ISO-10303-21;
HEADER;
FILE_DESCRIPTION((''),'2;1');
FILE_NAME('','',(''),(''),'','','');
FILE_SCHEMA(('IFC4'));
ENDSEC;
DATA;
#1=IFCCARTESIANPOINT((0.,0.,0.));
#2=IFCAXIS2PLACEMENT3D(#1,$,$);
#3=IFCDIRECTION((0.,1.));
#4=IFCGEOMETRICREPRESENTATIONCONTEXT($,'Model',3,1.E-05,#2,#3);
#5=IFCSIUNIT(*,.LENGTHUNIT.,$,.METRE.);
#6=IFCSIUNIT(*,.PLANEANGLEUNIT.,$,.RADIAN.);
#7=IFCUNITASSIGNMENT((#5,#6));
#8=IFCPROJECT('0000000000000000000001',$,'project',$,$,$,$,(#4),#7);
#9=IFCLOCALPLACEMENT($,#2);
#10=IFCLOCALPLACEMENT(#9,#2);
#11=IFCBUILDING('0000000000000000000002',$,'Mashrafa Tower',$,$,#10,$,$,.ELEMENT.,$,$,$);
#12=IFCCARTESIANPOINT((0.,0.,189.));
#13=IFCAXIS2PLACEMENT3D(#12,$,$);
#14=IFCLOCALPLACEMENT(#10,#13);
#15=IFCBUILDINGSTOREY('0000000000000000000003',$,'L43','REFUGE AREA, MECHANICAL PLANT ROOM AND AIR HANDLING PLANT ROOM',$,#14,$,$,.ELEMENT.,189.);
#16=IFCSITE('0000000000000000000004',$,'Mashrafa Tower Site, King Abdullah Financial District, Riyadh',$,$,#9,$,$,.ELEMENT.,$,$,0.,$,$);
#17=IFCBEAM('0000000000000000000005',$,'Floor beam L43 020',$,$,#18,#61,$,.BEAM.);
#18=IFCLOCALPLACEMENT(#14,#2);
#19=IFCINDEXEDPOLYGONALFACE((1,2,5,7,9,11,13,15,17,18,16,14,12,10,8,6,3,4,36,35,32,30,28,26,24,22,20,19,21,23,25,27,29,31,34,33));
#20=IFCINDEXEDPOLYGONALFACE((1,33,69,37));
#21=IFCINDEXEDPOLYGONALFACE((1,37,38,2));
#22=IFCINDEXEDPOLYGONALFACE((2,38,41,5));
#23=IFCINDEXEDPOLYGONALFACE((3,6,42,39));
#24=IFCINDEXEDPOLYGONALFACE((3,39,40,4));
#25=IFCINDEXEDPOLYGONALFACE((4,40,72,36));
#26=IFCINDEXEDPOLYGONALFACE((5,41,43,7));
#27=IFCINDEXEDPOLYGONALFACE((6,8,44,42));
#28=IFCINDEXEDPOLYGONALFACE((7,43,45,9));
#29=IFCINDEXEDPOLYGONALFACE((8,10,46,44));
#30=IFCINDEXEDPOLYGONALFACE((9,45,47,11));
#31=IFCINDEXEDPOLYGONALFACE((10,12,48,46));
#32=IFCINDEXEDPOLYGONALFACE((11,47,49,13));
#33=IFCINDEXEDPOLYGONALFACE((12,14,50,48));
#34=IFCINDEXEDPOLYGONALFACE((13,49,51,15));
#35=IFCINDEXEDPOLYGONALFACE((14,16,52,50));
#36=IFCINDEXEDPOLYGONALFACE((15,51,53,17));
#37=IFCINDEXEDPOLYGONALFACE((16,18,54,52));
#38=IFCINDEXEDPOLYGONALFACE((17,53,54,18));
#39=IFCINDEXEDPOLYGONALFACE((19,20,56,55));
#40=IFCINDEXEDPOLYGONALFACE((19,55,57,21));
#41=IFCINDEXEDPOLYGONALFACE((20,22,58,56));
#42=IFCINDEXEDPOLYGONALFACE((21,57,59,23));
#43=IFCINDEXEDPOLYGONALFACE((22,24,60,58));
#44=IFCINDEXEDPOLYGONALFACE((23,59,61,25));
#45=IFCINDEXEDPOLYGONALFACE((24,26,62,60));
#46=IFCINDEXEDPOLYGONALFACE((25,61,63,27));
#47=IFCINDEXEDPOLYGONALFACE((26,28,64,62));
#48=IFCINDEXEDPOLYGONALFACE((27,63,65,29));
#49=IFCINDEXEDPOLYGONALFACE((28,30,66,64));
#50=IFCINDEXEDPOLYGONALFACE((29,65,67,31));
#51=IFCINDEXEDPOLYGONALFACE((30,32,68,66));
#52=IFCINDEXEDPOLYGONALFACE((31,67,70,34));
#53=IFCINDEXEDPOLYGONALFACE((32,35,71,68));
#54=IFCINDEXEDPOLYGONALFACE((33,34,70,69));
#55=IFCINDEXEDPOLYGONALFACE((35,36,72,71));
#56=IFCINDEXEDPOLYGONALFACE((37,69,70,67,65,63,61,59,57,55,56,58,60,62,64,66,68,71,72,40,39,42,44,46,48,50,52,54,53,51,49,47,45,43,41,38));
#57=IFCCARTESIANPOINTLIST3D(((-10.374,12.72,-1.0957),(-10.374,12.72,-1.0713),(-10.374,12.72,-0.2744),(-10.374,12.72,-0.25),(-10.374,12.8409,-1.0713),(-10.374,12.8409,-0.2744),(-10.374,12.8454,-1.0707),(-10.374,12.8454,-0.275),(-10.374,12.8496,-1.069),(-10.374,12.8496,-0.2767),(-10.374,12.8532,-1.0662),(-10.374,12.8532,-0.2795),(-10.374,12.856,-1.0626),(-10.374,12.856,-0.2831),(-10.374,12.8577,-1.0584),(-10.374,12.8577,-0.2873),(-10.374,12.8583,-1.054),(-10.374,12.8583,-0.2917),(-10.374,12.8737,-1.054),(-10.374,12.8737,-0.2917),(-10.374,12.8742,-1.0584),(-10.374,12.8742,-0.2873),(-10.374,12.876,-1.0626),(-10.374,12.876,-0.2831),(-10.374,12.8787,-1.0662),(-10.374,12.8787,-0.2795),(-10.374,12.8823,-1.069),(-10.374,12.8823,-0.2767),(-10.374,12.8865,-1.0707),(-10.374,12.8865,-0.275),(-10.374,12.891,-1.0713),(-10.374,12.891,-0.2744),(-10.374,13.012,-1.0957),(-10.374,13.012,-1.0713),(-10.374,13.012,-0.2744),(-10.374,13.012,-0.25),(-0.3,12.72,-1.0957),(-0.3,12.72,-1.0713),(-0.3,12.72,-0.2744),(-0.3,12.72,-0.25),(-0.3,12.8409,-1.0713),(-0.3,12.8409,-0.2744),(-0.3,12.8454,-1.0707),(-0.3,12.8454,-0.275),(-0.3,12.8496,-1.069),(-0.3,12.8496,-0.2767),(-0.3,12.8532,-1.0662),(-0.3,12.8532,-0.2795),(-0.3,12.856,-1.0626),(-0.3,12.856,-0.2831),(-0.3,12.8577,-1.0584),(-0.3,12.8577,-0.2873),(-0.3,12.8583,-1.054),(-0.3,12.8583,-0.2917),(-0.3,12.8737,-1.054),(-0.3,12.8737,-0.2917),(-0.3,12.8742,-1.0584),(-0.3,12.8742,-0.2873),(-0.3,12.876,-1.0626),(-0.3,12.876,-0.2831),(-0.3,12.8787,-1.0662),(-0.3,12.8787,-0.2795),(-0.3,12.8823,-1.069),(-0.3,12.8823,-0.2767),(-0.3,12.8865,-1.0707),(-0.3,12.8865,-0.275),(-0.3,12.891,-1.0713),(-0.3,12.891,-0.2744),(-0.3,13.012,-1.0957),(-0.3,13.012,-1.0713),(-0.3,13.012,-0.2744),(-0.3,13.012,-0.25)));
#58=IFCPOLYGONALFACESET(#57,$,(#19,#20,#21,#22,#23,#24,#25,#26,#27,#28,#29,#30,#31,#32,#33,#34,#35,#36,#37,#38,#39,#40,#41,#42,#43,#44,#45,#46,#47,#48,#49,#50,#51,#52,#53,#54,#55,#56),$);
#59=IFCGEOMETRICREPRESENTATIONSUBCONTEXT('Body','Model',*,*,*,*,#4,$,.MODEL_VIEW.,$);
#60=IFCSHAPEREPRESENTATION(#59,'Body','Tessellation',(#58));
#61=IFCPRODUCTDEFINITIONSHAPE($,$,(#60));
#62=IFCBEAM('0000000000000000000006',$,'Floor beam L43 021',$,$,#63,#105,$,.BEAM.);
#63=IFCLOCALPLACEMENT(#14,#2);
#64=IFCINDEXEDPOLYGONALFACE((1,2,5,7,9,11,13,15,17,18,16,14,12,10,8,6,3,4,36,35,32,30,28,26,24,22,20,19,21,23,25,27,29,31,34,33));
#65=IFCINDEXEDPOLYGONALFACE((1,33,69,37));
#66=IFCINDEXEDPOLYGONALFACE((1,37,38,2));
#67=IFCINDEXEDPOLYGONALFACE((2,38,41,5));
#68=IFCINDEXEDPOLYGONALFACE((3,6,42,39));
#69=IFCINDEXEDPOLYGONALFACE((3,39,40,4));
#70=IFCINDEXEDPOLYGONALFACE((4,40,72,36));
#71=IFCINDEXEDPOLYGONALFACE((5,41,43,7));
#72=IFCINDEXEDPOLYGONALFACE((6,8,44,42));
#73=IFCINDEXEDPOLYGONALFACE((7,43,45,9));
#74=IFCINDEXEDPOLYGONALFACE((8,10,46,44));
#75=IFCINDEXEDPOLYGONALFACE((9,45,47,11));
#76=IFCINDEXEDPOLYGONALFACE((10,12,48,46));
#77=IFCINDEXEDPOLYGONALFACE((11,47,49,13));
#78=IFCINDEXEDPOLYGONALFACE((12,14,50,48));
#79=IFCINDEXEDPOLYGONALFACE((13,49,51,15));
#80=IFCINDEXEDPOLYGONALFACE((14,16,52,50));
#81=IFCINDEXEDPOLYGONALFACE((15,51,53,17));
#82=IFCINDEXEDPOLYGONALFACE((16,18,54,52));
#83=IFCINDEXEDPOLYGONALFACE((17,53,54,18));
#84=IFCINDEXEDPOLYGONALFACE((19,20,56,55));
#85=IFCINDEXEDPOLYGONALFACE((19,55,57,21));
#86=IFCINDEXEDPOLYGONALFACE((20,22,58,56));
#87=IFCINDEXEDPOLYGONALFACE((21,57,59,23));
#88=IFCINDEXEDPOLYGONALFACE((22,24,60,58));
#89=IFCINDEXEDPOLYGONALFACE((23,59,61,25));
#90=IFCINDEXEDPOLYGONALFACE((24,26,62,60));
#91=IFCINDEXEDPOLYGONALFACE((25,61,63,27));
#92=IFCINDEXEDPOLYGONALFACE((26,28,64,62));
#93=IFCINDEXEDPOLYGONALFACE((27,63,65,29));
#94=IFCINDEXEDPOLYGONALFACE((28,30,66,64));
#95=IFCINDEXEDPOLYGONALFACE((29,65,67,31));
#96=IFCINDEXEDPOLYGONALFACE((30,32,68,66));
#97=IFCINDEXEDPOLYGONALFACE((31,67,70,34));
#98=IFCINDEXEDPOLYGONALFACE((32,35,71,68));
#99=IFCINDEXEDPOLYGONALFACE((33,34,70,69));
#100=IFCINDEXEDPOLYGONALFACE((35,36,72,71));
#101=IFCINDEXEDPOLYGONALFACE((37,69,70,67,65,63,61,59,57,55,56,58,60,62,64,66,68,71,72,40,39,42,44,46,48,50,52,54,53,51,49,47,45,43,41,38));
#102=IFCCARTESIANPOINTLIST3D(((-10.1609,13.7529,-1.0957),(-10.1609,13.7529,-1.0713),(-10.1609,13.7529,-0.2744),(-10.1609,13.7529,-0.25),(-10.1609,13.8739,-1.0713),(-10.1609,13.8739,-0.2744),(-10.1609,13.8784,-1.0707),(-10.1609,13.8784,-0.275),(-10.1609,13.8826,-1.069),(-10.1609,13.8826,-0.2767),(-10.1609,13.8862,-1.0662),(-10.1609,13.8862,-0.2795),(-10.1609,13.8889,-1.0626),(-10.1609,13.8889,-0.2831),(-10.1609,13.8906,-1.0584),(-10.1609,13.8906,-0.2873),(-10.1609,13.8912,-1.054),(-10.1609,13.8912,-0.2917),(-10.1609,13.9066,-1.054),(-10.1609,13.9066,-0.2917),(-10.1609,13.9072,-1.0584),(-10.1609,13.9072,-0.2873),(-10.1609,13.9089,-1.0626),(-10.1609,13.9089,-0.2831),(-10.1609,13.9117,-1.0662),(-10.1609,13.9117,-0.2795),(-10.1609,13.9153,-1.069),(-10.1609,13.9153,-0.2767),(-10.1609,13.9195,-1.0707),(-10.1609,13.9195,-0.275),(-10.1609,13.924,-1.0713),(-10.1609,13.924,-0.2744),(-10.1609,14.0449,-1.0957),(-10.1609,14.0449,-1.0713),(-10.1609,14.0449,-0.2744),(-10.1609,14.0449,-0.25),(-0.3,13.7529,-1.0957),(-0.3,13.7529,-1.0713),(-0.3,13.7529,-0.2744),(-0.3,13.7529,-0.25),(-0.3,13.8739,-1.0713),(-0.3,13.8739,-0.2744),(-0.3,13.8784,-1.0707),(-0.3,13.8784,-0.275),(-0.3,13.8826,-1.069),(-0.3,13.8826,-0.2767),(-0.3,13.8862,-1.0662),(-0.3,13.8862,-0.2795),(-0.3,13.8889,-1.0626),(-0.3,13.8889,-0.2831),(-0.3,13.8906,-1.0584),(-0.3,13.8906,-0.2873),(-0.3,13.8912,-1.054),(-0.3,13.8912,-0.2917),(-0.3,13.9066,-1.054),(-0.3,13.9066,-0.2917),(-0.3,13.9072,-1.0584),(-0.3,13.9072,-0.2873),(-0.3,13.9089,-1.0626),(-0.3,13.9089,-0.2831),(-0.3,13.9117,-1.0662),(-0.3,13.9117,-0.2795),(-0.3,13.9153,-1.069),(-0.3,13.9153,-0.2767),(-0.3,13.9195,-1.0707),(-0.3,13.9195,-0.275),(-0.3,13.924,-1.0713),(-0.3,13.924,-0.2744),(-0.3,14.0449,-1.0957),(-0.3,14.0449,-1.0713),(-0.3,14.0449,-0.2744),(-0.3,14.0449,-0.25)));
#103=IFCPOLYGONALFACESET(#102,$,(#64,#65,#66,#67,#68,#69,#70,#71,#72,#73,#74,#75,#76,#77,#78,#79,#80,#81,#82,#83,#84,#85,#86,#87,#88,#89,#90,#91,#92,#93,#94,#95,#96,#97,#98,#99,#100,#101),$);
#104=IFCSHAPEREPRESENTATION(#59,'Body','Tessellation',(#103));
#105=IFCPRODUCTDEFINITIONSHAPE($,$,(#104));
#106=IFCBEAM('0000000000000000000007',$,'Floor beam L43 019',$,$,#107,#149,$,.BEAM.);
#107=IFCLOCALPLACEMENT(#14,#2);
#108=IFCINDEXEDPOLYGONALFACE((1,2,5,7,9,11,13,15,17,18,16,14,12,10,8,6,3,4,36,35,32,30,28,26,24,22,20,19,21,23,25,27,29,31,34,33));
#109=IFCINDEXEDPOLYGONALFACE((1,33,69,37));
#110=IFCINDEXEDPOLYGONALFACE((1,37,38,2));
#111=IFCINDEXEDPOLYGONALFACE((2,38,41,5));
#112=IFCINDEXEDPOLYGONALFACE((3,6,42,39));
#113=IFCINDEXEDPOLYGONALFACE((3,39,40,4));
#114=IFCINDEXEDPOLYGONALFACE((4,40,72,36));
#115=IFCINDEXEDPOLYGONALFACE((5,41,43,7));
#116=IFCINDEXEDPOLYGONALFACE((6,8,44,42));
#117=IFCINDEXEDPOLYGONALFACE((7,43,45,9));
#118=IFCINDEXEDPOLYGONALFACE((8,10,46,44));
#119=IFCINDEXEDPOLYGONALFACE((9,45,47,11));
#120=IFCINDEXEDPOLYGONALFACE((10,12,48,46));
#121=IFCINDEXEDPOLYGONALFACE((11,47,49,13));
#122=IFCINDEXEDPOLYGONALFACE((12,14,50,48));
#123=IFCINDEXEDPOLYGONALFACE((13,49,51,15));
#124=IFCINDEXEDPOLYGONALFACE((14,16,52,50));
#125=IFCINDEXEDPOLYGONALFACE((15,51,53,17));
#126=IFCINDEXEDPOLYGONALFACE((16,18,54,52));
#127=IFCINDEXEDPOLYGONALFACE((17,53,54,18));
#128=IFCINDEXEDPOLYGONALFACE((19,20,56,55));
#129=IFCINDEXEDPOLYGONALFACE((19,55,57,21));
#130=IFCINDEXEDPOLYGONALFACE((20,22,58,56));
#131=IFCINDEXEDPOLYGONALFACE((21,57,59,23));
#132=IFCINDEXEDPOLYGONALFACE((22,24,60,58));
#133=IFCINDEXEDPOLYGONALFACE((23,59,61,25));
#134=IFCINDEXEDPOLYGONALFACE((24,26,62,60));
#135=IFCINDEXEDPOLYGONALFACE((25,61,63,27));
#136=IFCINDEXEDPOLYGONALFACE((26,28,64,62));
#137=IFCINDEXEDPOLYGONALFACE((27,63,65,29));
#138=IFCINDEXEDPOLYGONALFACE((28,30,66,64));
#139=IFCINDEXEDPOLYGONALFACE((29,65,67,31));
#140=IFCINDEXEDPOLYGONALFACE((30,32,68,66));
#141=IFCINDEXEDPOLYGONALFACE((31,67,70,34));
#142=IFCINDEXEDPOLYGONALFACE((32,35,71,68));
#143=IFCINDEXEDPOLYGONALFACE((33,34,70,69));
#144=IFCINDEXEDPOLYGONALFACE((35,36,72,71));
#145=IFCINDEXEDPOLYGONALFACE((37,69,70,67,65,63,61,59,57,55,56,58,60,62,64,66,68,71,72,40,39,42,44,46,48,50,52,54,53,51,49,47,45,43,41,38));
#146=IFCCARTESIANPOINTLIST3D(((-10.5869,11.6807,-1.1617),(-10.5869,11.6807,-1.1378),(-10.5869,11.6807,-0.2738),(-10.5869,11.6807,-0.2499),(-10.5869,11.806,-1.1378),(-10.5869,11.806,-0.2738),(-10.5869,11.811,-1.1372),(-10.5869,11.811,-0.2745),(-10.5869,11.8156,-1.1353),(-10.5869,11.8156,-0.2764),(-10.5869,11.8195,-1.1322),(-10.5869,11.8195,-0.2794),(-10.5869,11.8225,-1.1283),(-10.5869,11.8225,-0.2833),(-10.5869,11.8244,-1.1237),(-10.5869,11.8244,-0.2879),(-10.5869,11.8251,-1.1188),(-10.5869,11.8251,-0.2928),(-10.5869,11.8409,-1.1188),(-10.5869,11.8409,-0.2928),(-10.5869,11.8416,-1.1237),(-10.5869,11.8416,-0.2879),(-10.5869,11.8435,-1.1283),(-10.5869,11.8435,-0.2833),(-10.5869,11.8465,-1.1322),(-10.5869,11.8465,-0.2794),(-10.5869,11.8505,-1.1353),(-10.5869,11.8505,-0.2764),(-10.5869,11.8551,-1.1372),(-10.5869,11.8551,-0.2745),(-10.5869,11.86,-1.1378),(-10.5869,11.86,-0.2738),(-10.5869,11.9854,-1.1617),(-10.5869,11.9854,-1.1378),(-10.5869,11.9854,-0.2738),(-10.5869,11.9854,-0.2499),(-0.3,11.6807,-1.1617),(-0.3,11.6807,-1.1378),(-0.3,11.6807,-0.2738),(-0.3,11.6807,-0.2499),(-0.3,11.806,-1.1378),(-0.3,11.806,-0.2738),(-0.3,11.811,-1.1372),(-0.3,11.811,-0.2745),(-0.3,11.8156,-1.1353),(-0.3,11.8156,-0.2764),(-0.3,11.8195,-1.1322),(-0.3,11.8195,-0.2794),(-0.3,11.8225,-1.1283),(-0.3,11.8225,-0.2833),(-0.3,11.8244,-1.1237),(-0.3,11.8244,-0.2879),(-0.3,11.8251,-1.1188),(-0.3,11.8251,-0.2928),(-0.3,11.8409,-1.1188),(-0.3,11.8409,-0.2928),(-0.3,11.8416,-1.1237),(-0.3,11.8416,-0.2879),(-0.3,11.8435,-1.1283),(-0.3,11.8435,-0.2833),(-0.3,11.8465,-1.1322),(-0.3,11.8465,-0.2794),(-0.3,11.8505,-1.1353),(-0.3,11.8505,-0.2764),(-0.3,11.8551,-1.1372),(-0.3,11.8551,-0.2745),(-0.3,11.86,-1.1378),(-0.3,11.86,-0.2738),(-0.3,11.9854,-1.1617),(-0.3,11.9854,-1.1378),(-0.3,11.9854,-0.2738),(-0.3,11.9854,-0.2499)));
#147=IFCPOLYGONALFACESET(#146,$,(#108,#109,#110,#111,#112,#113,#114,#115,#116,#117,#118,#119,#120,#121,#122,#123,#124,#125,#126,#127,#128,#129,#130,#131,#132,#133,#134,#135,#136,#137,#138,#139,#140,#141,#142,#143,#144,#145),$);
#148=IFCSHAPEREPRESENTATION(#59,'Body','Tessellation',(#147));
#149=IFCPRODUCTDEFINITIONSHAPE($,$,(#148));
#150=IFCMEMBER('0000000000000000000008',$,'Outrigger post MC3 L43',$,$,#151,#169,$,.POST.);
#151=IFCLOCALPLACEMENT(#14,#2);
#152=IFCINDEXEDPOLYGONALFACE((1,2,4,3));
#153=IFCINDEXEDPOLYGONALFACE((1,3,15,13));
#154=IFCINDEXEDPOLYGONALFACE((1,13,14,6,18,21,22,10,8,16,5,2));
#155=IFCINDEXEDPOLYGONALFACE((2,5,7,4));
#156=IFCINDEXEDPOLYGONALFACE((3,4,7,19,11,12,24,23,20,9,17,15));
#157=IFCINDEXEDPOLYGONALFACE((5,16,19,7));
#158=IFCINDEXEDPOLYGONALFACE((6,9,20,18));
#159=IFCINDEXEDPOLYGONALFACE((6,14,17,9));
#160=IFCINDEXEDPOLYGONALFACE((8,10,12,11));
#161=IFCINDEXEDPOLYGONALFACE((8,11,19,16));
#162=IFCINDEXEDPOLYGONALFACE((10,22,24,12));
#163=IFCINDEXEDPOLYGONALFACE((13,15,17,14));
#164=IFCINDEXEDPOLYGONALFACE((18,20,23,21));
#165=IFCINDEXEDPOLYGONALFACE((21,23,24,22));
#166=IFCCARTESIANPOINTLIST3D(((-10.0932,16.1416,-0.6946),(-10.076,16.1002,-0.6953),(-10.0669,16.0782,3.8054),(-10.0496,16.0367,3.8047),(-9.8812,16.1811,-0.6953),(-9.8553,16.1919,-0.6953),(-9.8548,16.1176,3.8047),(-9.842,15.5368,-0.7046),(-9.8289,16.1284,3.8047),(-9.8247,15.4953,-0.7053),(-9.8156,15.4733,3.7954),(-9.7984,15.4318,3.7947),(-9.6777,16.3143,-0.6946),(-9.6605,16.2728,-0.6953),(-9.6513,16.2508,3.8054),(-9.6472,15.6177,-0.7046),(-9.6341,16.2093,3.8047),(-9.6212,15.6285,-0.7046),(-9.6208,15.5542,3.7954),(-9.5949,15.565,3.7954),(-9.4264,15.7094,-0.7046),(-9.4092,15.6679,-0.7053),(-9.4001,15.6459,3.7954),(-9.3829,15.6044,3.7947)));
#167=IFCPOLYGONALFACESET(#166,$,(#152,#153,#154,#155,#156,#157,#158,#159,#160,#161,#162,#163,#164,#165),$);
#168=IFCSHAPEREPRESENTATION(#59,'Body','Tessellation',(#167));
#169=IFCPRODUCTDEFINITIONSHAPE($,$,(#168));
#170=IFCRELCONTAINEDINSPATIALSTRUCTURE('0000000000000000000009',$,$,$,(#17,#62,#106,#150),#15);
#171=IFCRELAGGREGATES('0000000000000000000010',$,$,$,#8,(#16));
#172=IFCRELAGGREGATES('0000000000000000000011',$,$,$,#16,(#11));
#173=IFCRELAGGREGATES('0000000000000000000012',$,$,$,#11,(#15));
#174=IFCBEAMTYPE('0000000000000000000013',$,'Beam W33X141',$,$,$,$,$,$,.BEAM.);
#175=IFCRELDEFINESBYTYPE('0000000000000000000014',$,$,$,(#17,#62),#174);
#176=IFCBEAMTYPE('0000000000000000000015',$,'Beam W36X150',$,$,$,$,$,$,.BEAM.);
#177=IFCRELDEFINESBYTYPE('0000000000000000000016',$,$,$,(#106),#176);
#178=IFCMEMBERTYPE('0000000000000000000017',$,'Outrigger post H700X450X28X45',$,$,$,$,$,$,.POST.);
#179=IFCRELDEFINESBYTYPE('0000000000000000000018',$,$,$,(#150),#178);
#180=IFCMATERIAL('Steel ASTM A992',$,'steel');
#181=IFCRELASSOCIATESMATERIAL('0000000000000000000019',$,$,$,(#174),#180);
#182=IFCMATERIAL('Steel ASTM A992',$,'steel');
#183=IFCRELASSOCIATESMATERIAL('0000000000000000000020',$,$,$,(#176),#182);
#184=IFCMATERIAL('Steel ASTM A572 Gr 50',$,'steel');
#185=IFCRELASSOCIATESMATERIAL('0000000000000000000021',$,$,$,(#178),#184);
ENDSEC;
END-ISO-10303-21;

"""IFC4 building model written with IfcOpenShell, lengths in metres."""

from ifc_helpers import new_model, si_unit, direction, frame, origin, origin_2d, place, context, subcontext, project, spatial, i_section, extrude, source, transform, mapped, material, material_profile, profile_set, type_object, type_shapes, element, save


model = new_model("IFC4")

# Units and contexts
model_context = context("Model", 3, precision=1e-05, world=origin(), true_north=direction((0.0, 1.0)))
body_context = subcontext(model_context, "Body", "Model", "MODEL_VIEW")
ifc_project = project(units=[si_unit("LENGTHUNIT", "METRE"), si_unit("PLANEANGLEUNIT", "RADIAN")], contexts=[model_context])

# Site, building, storey
site_placement = place(None, origin())
site = spatial("IfcSite", under=ifc_project, at=site_placement, Name="Mashrafa Tower Site, King Abdullah Financial District, Riyadh", CompositionType="ELEMENT", RefElevation=0.0)
building_placement = place(site_placement, origin())
building = spatial("IfcBuilding", under=site, at=building_placement, Name="Mashrafa Tower", CompositionType="ELEMENT")
storey_placement = place(building_placement, frame((0.0, 0.0, 189.0)))
storey = spatial("IfcBuildingStorey", under=building, at=storey_placement, Name="L43", Description="REFUGE AREA, MECHANICAL PLANT ROOM AND AIR HANDLING PLANT ROOM", CompositionType="ELEMENT", Elevation=189.0)

# Beams
ifc_material_1 = material(Name="Steel ASTM A992", Category="steel")
ifc_material_profile_1 = material_profile(ifc_material_1, i_section(OverallWidth=0.292, OverallDepth=0.8457, WebThickness=0.0154, FlangeThickness=0.0244, FilletRadius=0.0173, at=origin_2d()), Name="W33X141")
ifc_profile_set_1 = profile_set([ifc_material_profile_1], Name="Steel ASTM A992")
beam_type_1 = type_object("IfcBeamType", Name="Beam W33X141", PredefinedType="BEAM", material=ifc_profile_set_1)
beam_1_placement = place(storey_placement, frame((-10.374, 12.866, -0.6729), z_axis=(1.0, 0.0, 0.0), x_axis=(0.0, 1.0, 0.0)))
element("IfcBeam", 1, at=beam_1_placement, inside=storey, type_object=beam_type_1, Name="Floor beam L43 020", PredefinedType="BEAM", context=body_context, shape_type="SweptSolid", body=[
    extrude(i_section(OverallWidth=0.292, OverallDepth=0.8457, WebThickness=0.0154, FlangeThickness=0.0244, FilletRadius=0.0173, at=origin_2d()), origin(), (0.0, 0.0, 1.0), 10.074),
])
beam_2_placement = place(storey_placement, frame((-10.1609, 13.8989, -0.6729), z_axis=(1.0, 0.0, 0.0), x_axis=(0.0, 1.0, 0.0)))
element("IfcBeam", 2, at=beam_2_placement, inside=storey, type_object=beam_type_1, Name="Floor beam L43 021", PredefinedType="BEAM", context=body_context, shape_type="SweptSolid", body=[
    extrude(i_section(OverallWidth=0.292, OverallDepth=0.8457, WebThickness=0.0154, FlangeThickness=0.0244, FilletRadius=0.0173, at=origin_2d()), origin(), (0.0, 0.0, 1.0), 9.8608),
])
ifc_material_2 = material(Name="Steel ASTM A992", Category="steel")
ifc_material_profile_2 = material_profile(ifc_material_2, i_section(OverallWidth=0.3047, OverallDepth=0.9119, WebThickness=0.0159, FlangeThickness=0.0239, FilletRadius=0.019, at=origin_2d()), Name="W36X150")
ifc_profile_set_2 = profile_set([ifc_material_profile_2], Name="Steel ASTM A992")
beam_type_2 = type_object("IfcBeamType", Name="Beam W36X150", PredefinedType="BEAM", material=ifc_profile_set_2)
beam_3_placement = place(storey_placement, frame((-10.5869, 11.833, -0.7058), z_axis=(1.0, 0.0, 0.0), x_axis=(0.0, 1.0, 0.0)))
element("IfcBeam", 3, at=beam_3_placement, inside=storey, type_object=beam_type_2, Name="Floor beam L43 019", PredefinedType="BEAM", context=body_context, shape_type="SweptSolid", body=[
    extrude(i_section(OverallWidth=0.3047, OverallDepth=0.9119, WebThickness=0.0159, FlangeThickness=0.0239, FilletRadius=0.019, at=origin_2d()), origin(), (0.0, 0.0, 1.0), 10.2869),
])

# Member
ifc_material_3 = material(Name="Steel ASTM A572 Gr 50", Category="steel")
ifc_material_profile_3 = material_profile(ifc_material_3, i_section(OverallWidth=0.45, OverallDepth=0.7, WebThickness=0.0281, FlangeThickness=0.0449, at=origin_2d()), Name="H700X450X28X45")
ifc_profile_set_3 = profile_set([ifc_material_profile_3], Name="Steel ASTM A572 Gr 50")
member_type_1 = type_object("IfcMemberType", Name="Outrigger post H700X450X28X45", PredefinedType="POST", material=ifc_profile_set_3)
shared_shape_1 = source(origin(), body_context, "Body", "SweptSolid", [
    extrude(i_section(OverallWidth=0.45, OverallDepth=0.7, WebThickness=0.0281, FlangeThickness=0.0449, at=origin_2d()), origin(), (0.0, 0.0, 1.0), 4.5005),
])
type_shapes(member_type_1, [shared_shape_1])
member_1_placement = place(storey_placement, frame((-9.7512, 15.9048, -0.7), z_axis=(0.005859, -0.014104, 0.999883), x_axis=(0.923497, 0.383606, 0.0)))
element("IfcMember", 4, at=member_1_placement, inside=storey, type_object=member_type_1, Name="Outrigger post MC3 L43", PredefinedType="POST", context=body_context, shape_type="MappedRepresentation", body=[
    mapped(shared_shape_1, transform((0.0, 0.0, 0.0))),
])

save(model, "model.ifc")
